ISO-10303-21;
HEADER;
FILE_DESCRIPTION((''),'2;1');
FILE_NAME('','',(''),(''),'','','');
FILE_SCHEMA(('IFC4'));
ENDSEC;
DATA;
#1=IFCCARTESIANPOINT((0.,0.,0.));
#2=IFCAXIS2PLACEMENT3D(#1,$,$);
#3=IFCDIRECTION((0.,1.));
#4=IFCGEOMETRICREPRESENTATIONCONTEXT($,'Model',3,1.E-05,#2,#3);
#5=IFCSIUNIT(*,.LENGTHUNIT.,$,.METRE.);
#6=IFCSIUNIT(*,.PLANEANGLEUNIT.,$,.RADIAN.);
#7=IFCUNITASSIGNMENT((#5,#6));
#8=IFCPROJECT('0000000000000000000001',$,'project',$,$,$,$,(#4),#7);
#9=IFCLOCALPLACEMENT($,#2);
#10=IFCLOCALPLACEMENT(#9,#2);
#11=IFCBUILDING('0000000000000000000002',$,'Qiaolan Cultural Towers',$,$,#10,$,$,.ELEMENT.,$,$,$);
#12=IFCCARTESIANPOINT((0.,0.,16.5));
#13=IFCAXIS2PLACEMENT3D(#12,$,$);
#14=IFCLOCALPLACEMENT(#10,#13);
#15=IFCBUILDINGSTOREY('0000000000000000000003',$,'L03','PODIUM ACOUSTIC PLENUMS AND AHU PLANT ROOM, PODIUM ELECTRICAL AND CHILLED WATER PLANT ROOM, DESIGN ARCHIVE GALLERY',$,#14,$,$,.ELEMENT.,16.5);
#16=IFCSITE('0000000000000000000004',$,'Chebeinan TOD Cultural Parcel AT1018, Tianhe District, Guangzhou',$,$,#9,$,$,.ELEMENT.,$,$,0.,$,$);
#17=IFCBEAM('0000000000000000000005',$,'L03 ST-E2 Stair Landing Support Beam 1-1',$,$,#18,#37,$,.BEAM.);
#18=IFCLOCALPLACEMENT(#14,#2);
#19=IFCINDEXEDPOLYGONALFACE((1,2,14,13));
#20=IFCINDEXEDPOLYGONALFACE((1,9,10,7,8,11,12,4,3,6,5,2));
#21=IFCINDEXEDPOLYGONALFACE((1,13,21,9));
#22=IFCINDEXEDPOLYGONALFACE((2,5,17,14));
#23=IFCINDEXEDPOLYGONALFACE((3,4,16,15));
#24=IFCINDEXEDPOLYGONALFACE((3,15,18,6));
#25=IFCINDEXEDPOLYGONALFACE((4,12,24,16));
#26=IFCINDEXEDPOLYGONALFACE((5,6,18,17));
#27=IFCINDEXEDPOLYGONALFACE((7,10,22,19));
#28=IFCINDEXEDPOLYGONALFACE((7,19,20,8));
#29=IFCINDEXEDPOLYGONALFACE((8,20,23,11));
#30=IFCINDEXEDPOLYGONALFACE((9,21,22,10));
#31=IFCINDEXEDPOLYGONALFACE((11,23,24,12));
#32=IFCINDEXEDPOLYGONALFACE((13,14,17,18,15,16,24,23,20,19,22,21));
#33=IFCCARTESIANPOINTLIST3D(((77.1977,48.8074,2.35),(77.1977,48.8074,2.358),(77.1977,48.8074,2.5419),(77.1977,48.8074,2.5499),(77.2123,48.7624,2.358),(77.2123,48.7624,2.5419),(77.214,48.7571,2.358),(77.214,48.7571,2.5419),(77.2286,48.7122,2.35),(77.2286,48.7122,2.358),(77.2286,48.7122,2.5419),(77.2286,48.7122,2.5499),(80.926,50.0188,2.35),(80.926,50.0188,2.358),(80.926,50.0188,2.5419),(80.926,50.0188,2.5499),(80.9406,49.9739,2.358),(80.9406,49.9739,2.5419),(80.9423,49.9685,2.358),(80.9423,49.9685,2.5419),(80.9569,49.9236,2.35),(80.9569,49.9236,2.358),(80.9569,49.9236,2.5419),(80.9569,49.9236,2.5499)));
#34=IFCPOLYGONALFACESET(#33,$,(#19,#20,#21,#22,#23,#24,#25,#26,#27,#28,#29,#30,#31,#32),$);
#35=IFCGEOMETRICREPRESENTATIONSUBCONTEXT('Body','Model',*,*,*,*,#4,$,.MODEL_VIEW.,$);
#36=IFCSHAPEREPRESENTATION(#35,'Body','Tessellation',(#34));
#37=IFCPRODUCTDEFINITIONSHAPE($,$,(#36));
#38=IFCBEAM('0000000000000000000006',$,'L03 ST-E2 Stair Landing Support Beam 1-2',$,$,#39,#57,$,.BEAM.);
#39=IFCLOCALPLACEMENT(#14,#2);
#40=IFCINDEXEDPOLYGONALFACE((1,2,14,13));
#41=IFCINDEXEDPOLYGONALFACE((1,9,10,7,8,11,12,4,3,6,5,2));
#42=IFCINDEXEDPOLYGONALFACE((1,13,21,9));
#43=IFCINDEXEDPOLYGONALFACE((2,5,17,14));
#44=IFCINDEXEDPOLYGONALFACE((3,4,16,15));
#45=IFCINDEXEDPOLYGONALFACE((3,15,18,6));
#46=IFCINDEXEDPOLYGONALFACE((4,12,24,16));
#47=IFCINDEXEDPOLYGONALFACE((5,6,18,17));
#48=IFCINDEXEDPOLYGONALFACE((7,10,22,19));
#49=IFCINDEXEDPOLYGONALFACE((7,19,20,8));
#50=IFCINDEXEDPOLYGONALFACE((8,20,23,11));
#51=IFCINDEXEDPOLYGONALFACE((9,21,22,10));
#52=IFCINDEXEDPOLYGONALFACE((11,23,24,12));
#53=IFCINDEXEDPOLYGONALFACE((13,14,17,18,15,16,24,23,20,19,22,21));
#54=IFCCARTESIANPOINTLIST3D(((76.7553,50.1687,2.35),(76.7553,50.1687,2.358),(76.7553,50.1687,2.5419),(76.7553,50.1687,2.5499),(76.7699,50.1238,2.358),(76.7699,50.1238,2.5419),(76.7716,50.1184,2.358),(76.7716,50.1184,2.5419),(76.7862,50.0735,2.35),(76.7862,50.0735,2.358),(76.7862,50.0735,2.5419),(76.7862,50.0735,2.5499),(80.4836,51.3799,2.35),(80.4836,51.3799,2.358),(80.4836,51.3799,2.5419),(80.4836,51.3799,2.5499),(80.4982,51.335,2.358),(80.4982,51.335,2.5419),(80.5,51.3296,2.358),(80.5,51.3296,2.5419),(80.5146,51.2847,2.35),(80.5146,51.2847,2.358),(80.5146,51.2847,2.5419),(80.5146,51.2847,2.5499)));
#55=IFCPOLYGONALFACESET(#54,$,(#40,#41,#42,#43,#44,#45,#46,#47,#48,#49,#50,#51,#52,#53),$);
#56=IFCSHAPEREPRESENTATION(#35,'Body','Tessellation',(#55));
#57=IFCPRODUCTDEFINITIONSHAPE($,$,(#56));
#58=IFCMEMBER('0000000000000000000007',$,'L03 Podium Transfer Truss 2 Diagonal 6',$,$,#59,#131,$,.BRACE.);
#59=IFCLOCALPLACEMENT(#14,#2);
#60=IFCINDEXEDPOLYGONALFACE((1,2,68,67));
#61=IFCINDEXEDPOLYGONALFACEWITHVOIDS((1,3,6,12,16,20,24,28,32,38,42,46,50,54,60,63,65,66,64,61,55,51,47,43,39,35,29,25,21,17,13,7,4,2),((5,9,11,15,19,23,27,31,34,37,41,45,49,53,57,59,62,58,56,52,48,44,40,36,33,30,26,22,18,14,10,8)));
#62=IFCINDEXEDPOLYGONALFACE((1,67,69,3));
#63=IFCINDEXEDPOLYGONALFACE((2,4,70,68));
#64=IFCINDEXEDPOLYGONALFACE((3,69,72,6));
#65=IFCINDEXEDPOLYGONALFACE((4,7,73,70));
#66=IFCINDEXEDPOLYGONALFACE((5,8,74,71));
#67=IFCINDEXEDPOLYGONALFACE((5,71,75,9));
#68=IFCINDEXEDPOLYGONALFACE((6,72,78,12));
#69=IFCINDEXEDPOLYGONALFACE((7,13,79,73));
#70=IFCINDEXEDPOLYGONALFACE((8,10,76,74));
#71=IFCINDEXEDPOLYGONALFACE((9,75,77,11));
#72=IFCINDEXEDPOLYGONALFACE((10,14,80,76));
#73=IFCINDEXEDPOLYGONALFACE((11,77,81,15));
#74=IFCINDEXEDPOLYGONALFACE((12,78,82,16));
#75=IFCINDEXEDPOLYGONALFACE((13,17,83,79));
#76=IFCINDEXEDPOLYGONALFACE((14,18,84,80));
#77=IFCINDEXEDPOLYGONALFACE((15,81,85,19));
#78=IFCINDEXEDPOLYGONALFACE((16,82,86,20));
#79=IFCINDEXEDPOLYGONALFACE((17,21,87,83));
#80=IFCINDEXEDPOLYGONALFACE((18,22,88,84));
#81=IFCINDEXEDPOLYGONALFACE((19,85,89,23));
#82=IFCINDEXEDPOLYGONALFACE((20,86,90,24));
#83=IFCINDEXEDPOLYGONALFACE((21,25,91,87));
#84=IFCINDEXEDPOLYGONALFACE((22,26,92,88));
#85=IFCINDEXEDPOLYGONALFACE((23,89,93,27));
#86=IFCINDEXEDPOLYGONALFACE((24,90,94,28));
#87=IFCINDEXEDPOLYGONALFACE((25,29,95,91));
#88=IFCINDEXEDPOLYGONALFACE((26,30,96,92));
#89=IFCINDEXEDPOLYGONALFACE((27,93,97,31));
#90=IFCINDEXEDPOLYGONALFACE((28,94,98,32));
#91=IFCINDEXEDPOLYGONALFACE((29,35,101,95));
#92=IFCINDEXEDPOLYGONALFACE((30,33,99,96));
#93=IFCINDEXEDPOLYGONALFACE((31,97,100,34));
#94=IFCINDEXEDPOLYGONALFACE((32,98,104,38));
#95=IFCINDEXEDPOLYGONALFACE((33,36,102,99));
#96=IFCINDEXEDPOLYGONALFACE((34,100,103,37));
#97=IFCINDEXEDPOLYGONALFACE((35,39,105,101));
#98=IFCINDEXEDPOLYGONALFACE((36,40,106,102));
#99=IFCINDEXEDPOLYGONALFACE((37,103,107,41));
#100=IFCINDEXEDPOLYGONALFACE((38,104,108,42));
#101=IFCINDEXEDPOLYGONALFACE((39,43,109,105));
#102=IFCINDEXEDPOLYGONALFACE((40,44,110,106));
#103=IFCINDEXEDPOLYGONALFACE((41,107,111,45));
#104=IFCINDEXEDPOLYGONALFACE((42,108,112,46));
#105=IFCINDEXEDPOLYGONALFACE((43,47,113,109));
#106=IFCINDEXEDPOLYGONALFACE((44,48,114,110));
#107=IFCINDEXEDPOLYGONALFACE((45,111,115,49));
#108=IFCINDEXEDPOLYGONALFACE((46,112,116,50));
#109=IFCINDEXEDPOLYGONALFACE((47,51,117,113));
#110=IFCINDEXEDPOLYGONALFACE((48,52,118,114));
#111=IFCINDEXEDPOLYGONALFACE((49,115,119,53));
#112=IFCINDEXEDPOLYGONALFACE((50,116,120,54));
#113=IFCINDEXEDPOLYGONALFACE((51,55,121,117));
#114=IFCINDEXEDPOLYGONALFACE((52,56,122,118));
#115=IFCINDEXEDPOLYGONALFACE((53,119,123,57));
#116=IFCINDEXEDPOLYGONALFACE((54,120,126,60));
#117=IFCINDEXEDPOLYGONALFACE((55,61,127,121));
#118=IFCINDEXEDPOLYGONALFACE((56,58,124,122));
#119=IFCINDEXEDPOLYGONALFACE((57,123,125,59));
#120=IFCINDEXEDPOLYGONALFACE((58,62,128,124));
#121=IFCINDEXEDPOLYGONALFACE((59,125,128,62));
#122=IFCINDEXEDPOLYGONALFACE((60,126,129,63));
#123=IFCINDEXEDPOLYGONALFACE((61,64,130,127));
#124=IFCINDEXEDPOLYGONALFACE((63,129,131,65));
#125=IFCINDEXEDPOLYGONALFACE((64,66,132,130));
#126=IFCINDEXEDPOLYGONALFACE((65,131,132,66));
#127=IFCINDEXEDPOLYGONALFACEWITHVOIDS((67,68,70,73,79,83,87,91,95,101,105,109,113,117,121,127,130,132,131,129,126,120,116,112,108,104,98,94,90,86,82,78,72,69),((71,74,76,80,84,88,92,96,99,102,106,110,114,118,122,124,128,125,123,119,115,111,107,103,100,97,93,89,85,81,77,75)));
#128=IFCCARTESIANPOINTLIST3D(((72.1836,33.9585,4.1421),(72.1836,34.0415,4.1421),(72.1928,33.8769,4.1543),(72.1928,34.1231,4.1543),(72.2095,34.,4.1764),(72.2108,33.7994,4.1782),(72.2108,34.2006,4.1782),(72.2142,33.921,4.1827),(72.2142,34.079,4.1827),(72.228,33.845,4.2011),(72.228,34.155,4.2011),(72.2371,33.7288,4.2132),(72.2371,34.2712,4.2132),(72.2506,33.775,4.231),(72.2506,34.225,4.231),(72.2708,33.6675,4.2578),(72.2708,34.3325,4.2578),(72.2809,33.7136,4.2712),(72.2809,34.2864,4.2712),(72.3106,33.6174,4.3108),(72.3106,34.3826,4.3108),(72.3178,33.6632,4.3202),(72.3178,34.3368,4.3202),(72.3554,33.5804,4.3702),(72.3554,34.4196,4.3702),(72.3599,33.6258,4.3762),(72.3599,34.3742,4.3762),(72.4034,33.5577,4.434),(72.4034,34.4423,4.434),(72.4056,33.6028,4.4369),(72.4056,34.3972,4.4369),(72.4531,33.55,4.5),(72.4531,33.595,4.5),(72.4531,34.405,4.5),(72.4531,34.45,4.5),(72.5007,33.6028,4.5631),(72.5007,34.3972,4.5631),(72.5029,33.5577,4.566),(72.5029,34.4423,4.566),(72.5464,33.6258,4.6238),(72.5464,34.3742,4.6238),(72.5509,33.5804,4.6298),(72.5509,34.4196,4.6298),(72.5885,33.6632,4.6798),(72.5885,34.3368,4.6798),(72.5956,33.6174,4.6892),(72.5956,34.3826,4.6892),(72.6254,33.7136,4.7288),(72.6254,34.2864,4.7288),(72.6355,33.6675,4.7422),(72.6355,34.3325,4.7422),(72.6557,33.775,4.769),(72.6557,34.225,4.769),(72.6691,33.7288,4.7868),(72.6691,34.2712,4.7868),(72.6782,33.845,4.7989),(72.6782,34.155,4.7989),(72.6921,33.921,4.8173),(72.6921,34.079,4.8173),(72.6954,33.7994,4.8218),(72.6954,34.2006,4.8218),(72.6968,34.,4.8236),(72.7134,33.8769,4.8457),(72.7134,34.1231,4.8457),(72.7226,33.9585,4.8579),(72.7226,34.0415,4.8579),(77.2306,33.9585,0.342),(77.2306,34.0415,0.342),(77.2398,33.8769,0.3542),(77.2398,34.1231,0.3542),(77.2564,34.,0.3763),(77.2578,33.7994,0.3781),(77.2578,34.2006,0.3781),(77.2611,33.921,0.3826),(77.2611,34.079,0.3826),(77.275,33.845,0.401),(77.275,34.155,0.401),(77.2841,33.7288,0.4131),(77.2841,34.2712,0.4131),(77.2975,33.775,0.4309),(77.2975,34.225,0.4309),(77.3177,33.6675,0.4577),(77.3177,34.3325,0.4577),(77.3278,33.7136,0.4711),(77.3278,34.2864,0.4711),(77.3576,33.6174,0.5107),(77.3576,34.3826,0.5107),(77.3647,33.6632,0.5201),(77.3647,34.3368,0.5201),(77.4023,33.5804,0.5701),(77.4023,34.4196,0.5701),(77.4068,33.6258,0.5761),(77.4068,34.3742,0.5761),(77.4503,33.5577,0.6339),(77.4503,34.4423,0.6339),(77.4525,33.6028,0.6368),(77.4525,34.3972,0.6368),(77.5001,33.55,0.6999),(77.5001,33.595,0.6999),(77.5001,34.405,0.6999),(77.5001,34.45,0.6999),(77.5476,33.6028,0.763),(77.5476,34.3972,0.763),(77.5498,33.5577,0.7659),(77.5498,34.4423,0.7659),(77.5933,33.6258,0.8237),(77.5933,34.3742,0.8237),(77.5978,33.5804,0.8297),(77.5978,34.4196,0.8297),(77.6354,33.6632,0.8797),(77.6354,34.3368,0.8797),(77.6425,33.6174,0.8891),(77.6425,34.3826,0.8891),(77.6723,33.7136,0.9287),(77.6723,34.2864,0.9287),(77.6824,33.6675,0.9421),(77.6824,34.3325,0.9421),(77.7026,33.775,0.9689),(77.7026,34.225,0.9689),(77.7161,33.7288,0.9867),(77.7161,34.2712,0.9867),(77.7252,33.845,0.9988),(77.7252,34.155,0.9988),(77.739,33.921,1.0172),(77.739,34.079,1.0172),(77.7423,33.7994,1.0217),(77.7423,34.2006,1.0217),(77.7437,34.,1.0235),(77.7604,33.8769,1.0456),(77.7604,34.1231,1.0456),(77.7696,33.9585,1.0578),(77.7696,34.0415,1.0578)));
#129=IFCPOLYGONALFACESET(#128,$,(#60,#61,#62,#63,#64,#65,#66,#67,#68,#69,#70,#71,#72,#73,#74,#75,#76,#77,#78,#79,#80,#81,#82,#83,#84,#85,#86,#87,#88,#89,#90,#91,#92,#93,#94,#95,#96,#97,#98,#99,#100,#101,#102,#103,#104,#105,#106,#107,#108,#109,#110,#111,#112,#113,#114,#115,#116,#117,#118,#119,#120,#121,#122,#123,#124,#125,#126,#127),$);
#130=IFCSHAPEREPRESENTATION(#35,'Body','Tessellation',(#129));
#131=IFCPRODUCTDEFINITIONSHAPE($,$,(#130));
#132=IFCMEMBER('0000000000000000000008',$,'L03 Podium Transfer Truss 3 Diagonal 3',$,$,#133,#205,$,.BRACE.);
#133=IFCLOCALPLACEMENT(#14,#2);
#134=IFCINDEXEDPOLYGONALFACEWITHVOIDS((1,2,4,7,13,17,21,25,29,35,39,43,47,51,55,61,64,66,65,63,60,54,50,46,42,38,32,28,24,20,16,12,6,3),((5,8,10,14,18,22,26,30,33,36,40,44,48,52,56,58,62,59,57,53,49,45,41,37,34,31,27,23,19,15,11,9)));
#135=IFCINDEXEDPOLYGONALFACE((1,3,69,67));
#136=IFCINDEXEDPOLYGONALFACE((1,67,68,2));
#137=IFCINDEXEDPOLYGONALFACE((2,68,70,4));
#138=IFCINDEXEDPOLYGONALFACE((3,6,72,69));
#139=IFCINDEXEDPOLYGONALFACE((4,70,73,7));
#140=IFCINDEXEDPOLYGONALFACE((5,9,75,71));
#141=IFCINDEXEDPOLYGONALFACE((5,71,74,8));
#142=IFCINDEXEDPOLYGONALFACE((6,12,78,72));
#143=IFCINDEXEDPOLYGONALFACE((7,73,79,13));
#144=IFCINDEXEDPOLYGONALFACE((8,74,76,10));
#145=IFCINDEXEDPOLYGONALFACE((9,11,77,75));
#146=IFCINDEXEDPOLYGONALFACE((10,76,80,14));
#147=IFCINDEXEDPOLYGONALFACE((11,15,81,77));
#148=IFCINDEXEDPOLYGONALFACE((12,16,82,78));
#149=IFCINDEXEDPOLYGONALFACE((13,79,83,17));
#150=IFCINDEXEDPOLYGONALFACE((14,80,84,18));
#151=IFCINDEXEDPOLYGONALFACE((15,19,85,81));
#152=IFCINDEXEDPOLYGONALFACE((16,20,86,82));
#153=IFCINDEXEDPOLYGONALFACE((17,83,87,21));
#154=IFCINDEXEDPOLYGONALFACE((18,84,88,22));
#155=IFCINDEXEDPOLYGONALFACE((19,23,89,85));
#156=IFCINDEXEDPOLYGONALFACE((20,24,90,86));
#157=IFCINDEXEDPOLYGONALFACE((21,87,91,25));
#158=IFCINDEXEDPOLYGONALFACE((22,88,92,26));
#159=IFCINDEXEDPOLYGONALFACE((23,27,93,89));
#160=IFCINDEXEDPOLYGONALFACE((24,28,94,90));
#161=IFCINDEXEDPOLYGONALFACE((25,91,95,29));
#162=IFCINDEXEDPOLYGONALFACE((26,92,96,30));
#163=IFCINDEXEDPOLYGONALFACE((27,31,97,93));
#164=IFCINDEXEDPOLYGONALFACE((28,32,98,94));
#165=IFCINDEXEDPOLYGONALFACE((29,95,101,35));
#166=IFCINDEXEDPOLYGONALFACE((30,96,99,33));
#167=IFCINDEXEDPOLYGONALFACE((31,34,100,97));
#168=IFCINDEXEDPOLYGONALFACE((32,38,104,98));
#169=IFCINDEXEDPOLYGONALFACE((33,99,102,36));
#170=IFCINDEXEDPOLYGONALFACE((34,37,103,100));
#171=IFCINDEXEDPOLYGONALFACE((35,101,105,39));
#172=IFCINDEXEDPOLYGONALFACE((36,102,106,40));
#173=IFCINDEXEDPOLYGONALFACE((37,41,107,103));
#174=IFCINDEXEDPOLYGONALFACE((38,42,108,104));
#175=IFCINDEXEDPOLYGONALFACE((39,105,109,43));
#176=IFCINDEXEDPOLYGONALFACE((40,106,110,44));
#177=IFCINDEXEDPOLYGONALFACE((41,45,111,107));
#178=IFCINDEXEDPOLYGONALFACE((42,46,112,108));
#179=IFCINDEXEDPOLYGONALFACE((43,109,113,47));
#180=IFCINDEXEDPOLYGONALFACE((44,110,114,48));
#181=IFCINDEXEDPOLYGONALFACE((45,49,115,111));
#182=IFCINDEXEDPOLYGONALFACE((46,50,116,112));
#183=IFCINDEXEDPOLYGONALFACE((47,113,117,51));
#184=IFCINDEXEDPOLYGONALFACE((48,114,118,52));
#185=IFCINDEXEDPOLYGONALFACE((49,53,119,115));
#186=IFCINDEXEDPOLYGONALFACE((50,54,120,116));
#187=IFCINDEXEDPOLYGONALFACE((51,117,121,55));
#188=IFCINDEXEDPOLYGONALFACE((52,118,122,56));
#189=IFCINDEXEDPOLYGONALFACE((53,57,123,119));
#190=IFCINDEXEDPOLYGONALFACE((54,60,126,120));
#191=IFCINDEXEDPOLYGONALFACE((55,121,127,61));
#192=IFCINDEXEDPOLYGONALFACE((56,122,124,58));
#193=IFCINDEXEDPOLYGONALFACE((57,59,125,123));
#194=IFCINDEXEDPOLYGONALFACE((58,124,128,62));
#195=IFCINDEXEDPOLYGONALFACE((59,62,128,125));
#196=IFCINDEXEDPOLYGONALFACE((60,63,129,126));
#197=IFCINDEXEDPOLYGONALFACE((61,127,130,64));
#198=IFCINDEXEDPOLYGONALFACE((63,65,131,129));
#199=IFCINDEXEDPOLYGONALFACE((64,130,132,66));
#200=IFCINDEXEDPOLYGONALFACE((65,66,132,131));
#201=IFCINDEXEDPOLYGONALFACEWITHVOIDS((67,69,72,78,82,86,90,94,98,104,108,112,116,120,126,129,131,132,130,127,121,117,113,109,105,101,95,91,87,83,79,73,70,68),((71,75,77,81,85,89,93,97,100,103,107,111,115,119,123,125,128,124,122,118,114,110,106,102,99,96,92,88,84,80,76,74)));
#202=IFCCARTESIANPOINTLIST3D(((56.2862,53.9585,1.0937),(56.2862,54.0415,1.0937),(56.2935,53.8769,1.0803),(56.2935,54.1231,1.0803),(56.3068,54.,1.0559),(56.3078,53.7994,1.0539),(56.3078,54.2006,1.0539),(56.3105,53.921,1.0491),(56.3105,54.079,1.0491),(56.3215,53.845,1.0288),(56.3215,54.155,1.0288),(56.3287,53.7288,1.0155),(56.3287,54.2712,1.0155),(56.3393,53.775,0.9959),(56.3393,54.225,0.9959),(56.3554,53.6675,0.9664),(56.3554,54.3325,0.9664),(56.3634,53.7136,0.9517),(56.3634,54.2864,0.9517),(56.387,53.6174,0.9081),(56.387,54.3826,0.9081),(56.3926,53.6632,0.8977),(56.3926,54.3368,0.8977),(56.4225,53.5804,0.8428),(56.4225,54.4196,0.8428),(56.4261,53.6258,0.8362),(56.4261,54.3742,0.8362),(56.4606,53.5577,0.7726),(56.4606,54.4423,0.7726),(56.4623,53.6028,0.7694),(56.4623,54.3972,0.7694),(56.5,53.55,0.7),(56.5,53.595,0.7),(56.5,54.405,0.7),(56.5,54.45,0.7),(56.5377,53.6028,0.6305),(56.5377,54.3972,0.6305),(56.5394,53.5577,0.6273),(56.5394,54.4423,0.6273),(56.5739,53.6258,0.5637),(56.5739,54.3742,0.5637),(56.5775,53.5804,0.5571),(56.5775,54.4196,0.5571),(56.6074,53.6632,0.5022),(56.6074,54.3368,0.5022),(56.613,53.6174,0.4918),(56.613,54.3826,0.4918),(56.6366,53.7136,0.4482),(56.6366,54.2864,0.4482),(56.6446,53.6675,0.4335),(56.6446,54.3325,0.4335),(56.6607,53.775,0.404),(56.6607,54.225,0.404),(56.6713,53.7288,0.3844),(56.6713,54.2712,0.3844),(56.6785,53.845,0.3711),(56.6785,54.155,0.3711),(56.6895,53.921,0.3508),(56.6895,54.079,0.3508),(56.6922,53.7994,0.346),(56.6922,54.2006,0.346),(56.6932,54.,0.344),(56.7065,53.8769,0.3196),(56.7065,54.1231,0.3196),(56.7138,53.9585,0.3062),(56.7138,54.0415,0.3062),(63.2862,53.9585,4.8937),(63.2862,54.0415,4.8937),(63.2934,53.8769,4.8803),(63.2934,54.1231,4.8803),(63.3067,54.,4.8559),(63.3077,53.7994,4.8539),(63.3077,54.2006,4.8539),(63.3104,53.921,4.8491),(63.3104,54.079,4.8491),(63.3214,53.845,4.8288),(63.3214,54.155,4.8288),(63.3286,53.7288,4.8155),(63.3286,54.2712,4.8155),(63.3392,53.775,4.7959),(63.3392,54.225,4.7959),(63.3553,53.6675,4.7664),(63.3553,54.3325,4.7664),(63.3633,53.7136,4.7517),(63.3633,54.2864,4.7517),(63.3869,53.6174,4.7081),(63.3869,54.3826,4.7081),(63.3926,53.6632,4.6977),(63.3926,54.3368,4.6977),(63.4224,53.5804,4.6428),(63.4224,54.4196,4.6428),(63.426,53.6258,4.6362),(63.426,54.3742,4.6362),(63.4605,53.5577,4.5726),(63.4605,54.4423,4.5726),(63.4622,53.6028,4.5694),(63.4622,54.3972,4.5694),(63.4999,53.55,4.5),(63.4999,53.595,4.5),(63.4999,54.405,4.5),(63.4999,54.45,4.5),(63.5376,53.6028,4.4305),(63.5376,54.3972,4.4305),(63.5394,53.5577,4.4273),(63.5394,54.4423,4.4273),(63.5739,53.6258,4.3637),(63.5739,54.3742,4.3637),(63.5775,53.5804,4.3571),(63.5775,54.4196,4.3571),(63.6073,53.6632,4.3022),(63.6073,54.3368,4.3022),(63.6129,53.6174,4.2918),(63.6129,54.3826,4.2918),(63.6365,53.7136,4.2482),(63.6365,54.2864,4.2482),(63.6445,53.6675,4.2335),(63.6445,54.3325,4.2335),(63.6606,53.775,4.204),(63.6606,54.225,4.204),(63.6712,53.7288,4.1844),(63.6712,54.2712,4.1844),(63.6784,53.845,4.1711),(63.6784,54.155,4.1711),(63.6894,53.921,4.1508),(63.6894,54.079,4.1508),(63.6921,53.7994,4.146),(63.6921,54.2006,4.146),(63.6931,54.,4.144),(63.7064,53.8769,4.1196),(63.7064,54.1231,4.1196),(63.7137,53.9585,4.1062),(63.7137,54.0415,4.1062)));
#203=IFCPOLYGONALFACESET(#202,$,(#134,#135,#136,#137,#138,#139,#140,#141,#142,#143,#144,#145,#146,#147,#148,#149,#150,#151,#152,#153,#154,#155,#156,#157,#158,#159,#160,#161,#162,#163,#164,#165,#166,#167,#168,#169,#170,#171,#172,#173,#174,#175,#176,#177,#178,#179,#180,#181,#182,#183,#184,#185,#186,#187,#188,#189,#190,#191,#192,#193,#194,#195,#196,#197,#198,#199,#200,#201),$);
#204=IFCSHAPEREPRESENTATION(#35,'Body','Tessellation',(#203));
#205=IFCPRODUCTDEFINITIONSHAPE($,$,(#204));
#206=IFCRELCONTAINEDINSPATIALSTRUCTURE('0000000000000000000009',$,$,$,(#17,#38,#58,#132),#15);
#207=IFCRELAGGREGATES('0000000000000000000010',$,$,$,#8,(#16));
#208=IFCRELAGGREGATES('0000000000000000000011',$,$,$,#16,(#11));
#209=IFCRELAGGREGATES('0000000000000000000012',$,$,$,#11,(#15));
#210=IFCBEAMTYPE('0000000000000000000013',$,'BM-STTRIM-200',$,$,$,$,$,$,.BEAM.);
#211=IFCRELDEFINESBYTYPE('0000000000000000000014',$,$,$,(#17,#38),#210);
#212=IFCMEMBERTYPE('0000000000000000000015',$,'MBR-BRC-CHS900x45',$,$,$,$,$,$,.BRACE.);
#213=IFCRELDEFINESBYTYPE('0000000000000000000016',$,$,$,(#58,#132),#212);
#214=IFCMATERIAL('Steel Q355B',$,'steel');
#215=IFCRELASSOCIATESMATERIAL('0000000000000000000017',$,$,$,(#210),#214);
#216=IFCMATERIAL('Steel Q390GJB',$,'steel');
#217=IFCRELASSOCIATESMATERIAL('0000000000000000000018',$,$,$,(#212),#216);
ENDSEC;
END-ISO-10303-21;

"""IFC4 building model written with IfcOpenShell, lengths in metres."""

from ifc_helpers import new_model, si_unit, direction, frame, origin, origin_2d, place, context, subcontext, project, spatial, hollow_circle, i_section, extrude, material, material_profile, profile_set, type_object, element, save


model = new_model("IFC4")

# Units and contexts
model_context = context("Model", 3, precision=1e-05, world=origin(), true_north=direction((0.0, 1.0)))
body_context = subcontext(model_context, "Body", "Model", "MODEL_VIEW")
ifc_project = project(units=[si_unit("LENGTHUNIT", "METRE"), si_unit("PLANEANGLEUNIT", "RADIAN")], contexts=[model_context])

# Site, building, storey
site_placement = place(None, origin())
site = spatial("IfcSite", under=ifc_project, at=site_placement, Name="Chebeinan TOD Cultural Parcel AT1018, Tianhe District, Guangzhou", CompositionType="ELEMENT", RefElevation=0.0)
building_placement = place(site_placement, origin())
building = spatial("IfcBuilding", under=site, at=building_placement, Name="Qiaolan Cultural Towers", CompositionType="ELEMENT")
storey_placement = place(building_placement, frame((0.0, 0.0, 16.5)))
storey = spatial("IfcBuildingStorey", under=building, at=storey_placement, Name="L03", Description="PODIUM ACOUSTIC PLENUMS AND AHU PLANT ROOM, PODIUM ELECTRICAL AND CHILLED WATER PLANT ROOM, DESIGN ARCHIVE GALLERY", CompositionType="ELEMENT", Elevation=16.5)

# Beams
ifc_material_1 = material(Name="Steel Q355B", Category="steel")
ifc_material_profile_1 = material_profile(ifc_material_1, i_section(OverallWidth=0.1001, OverallDepth=0.2, WebThickness=0.0056, FlangeThickness=0.0081, at=origin_2d()), Name="HN200x100x5.5x8")
ifc_profile_set_1 = profile_set([ifc_material_profile_1], Name="Steel Q355B")
beam_type_1 = type_object("IfcBeamType", Name="BM-STTRIM-200", PredefinedType="BEAM", material=ifc_profile_set_1)
for number, where, z_axis, x_axis, name in (
    (1, (77.2131, 48.7598, 2.45), (0.951054, 0.309026, 0.0), (-0.309026, 0.951054, 0.0), "L03 ST-E2 Stair Landing Support Beam 1-1"),
    (2, (76.7708, 50.1211, 2.45), (0.951072, 0.308969, 0.0), (-0.308969, 0.951072, 0.0), "L03 ST-E2 Stair Landing Support Beam 1-2"),
):
    element("IfcBeam", number, at=place(storey_placement, frame(where, z_axis=z_axis, x_axis=x_axis)), inside=storey, type_object=beam_type_1, Name=name, PredefinedType="BEAM", context=body_context, shape_type="SweptSolid", body=[
        extrude(i_section(OverallWidth=0.1001, OverallDepth=0.2, WebThickness=0.0056, FlangeThickness=0.0081, at=origin_2d()), origin(), (0.0, 0.0, 1.0), 3.9202),
    ])

# Members
ifc_material_2 = material(Name="Steel Q390GJB", Category="steel")
ifc_material_profile_2 = material_profile(ifc_material_2, hollow_circle(Radius=0.45, WallThickness=0.0449, at=origin_2d()), Name="CHS900x45")
ifc_profile_set_2 = profile_set([ifc_material_profile_2], Name="Steel Q390GJB")
member_type_1 = type_object("IfcMemberType", Name="MBR-BRC-CHS900x45", PredefinedType="BRACE", material=ifc_profile_set_2)
member_1_placement = place(storey_placement, frame((72.4531, 34.0, 4.5), z_axis=(0.798867, 0.0, -0.601508), x_axis=(0.0, 1.0, 0.0)))
element("IfcMember", 3, at=member_1_placement, inside=storey, type_object=member_type_1, Name="L03 Podium Transfer Truss 2 Diagonal 6", PredefinedType="BRACE", context=body_context, shape_type="SweptSolid", body=[
    extrude(hollow_circle(Radius=0.45, WallThickness=0.0449, at=origin_2d()), origin(), (0.0, 0.0, 1.0), 6.3176),
])
member_2_placement = place(storey_placement, frame((56.5, 54.0, 0.7), z_axis=(0.878851, 0.0, 0.477097), x_axis=(0.0, 1.0, 0.0)))
element("IfcMember", 4, at=member_2_placement, inside=storey, type_object=member_type_1, Name="L03 Podium Transfer Truss 3 Diagonal 3", PredefinedType="BRACE", context=body_context, shape_type="SweptSolid", body=[
    extrude(hollow_circle(Radius=0.45, WallThickness=0.0449, at=origin_2d()), origin(), (0.0, 0.0, 1.0), 7.9648),
])

save(model, "model.ifc")
